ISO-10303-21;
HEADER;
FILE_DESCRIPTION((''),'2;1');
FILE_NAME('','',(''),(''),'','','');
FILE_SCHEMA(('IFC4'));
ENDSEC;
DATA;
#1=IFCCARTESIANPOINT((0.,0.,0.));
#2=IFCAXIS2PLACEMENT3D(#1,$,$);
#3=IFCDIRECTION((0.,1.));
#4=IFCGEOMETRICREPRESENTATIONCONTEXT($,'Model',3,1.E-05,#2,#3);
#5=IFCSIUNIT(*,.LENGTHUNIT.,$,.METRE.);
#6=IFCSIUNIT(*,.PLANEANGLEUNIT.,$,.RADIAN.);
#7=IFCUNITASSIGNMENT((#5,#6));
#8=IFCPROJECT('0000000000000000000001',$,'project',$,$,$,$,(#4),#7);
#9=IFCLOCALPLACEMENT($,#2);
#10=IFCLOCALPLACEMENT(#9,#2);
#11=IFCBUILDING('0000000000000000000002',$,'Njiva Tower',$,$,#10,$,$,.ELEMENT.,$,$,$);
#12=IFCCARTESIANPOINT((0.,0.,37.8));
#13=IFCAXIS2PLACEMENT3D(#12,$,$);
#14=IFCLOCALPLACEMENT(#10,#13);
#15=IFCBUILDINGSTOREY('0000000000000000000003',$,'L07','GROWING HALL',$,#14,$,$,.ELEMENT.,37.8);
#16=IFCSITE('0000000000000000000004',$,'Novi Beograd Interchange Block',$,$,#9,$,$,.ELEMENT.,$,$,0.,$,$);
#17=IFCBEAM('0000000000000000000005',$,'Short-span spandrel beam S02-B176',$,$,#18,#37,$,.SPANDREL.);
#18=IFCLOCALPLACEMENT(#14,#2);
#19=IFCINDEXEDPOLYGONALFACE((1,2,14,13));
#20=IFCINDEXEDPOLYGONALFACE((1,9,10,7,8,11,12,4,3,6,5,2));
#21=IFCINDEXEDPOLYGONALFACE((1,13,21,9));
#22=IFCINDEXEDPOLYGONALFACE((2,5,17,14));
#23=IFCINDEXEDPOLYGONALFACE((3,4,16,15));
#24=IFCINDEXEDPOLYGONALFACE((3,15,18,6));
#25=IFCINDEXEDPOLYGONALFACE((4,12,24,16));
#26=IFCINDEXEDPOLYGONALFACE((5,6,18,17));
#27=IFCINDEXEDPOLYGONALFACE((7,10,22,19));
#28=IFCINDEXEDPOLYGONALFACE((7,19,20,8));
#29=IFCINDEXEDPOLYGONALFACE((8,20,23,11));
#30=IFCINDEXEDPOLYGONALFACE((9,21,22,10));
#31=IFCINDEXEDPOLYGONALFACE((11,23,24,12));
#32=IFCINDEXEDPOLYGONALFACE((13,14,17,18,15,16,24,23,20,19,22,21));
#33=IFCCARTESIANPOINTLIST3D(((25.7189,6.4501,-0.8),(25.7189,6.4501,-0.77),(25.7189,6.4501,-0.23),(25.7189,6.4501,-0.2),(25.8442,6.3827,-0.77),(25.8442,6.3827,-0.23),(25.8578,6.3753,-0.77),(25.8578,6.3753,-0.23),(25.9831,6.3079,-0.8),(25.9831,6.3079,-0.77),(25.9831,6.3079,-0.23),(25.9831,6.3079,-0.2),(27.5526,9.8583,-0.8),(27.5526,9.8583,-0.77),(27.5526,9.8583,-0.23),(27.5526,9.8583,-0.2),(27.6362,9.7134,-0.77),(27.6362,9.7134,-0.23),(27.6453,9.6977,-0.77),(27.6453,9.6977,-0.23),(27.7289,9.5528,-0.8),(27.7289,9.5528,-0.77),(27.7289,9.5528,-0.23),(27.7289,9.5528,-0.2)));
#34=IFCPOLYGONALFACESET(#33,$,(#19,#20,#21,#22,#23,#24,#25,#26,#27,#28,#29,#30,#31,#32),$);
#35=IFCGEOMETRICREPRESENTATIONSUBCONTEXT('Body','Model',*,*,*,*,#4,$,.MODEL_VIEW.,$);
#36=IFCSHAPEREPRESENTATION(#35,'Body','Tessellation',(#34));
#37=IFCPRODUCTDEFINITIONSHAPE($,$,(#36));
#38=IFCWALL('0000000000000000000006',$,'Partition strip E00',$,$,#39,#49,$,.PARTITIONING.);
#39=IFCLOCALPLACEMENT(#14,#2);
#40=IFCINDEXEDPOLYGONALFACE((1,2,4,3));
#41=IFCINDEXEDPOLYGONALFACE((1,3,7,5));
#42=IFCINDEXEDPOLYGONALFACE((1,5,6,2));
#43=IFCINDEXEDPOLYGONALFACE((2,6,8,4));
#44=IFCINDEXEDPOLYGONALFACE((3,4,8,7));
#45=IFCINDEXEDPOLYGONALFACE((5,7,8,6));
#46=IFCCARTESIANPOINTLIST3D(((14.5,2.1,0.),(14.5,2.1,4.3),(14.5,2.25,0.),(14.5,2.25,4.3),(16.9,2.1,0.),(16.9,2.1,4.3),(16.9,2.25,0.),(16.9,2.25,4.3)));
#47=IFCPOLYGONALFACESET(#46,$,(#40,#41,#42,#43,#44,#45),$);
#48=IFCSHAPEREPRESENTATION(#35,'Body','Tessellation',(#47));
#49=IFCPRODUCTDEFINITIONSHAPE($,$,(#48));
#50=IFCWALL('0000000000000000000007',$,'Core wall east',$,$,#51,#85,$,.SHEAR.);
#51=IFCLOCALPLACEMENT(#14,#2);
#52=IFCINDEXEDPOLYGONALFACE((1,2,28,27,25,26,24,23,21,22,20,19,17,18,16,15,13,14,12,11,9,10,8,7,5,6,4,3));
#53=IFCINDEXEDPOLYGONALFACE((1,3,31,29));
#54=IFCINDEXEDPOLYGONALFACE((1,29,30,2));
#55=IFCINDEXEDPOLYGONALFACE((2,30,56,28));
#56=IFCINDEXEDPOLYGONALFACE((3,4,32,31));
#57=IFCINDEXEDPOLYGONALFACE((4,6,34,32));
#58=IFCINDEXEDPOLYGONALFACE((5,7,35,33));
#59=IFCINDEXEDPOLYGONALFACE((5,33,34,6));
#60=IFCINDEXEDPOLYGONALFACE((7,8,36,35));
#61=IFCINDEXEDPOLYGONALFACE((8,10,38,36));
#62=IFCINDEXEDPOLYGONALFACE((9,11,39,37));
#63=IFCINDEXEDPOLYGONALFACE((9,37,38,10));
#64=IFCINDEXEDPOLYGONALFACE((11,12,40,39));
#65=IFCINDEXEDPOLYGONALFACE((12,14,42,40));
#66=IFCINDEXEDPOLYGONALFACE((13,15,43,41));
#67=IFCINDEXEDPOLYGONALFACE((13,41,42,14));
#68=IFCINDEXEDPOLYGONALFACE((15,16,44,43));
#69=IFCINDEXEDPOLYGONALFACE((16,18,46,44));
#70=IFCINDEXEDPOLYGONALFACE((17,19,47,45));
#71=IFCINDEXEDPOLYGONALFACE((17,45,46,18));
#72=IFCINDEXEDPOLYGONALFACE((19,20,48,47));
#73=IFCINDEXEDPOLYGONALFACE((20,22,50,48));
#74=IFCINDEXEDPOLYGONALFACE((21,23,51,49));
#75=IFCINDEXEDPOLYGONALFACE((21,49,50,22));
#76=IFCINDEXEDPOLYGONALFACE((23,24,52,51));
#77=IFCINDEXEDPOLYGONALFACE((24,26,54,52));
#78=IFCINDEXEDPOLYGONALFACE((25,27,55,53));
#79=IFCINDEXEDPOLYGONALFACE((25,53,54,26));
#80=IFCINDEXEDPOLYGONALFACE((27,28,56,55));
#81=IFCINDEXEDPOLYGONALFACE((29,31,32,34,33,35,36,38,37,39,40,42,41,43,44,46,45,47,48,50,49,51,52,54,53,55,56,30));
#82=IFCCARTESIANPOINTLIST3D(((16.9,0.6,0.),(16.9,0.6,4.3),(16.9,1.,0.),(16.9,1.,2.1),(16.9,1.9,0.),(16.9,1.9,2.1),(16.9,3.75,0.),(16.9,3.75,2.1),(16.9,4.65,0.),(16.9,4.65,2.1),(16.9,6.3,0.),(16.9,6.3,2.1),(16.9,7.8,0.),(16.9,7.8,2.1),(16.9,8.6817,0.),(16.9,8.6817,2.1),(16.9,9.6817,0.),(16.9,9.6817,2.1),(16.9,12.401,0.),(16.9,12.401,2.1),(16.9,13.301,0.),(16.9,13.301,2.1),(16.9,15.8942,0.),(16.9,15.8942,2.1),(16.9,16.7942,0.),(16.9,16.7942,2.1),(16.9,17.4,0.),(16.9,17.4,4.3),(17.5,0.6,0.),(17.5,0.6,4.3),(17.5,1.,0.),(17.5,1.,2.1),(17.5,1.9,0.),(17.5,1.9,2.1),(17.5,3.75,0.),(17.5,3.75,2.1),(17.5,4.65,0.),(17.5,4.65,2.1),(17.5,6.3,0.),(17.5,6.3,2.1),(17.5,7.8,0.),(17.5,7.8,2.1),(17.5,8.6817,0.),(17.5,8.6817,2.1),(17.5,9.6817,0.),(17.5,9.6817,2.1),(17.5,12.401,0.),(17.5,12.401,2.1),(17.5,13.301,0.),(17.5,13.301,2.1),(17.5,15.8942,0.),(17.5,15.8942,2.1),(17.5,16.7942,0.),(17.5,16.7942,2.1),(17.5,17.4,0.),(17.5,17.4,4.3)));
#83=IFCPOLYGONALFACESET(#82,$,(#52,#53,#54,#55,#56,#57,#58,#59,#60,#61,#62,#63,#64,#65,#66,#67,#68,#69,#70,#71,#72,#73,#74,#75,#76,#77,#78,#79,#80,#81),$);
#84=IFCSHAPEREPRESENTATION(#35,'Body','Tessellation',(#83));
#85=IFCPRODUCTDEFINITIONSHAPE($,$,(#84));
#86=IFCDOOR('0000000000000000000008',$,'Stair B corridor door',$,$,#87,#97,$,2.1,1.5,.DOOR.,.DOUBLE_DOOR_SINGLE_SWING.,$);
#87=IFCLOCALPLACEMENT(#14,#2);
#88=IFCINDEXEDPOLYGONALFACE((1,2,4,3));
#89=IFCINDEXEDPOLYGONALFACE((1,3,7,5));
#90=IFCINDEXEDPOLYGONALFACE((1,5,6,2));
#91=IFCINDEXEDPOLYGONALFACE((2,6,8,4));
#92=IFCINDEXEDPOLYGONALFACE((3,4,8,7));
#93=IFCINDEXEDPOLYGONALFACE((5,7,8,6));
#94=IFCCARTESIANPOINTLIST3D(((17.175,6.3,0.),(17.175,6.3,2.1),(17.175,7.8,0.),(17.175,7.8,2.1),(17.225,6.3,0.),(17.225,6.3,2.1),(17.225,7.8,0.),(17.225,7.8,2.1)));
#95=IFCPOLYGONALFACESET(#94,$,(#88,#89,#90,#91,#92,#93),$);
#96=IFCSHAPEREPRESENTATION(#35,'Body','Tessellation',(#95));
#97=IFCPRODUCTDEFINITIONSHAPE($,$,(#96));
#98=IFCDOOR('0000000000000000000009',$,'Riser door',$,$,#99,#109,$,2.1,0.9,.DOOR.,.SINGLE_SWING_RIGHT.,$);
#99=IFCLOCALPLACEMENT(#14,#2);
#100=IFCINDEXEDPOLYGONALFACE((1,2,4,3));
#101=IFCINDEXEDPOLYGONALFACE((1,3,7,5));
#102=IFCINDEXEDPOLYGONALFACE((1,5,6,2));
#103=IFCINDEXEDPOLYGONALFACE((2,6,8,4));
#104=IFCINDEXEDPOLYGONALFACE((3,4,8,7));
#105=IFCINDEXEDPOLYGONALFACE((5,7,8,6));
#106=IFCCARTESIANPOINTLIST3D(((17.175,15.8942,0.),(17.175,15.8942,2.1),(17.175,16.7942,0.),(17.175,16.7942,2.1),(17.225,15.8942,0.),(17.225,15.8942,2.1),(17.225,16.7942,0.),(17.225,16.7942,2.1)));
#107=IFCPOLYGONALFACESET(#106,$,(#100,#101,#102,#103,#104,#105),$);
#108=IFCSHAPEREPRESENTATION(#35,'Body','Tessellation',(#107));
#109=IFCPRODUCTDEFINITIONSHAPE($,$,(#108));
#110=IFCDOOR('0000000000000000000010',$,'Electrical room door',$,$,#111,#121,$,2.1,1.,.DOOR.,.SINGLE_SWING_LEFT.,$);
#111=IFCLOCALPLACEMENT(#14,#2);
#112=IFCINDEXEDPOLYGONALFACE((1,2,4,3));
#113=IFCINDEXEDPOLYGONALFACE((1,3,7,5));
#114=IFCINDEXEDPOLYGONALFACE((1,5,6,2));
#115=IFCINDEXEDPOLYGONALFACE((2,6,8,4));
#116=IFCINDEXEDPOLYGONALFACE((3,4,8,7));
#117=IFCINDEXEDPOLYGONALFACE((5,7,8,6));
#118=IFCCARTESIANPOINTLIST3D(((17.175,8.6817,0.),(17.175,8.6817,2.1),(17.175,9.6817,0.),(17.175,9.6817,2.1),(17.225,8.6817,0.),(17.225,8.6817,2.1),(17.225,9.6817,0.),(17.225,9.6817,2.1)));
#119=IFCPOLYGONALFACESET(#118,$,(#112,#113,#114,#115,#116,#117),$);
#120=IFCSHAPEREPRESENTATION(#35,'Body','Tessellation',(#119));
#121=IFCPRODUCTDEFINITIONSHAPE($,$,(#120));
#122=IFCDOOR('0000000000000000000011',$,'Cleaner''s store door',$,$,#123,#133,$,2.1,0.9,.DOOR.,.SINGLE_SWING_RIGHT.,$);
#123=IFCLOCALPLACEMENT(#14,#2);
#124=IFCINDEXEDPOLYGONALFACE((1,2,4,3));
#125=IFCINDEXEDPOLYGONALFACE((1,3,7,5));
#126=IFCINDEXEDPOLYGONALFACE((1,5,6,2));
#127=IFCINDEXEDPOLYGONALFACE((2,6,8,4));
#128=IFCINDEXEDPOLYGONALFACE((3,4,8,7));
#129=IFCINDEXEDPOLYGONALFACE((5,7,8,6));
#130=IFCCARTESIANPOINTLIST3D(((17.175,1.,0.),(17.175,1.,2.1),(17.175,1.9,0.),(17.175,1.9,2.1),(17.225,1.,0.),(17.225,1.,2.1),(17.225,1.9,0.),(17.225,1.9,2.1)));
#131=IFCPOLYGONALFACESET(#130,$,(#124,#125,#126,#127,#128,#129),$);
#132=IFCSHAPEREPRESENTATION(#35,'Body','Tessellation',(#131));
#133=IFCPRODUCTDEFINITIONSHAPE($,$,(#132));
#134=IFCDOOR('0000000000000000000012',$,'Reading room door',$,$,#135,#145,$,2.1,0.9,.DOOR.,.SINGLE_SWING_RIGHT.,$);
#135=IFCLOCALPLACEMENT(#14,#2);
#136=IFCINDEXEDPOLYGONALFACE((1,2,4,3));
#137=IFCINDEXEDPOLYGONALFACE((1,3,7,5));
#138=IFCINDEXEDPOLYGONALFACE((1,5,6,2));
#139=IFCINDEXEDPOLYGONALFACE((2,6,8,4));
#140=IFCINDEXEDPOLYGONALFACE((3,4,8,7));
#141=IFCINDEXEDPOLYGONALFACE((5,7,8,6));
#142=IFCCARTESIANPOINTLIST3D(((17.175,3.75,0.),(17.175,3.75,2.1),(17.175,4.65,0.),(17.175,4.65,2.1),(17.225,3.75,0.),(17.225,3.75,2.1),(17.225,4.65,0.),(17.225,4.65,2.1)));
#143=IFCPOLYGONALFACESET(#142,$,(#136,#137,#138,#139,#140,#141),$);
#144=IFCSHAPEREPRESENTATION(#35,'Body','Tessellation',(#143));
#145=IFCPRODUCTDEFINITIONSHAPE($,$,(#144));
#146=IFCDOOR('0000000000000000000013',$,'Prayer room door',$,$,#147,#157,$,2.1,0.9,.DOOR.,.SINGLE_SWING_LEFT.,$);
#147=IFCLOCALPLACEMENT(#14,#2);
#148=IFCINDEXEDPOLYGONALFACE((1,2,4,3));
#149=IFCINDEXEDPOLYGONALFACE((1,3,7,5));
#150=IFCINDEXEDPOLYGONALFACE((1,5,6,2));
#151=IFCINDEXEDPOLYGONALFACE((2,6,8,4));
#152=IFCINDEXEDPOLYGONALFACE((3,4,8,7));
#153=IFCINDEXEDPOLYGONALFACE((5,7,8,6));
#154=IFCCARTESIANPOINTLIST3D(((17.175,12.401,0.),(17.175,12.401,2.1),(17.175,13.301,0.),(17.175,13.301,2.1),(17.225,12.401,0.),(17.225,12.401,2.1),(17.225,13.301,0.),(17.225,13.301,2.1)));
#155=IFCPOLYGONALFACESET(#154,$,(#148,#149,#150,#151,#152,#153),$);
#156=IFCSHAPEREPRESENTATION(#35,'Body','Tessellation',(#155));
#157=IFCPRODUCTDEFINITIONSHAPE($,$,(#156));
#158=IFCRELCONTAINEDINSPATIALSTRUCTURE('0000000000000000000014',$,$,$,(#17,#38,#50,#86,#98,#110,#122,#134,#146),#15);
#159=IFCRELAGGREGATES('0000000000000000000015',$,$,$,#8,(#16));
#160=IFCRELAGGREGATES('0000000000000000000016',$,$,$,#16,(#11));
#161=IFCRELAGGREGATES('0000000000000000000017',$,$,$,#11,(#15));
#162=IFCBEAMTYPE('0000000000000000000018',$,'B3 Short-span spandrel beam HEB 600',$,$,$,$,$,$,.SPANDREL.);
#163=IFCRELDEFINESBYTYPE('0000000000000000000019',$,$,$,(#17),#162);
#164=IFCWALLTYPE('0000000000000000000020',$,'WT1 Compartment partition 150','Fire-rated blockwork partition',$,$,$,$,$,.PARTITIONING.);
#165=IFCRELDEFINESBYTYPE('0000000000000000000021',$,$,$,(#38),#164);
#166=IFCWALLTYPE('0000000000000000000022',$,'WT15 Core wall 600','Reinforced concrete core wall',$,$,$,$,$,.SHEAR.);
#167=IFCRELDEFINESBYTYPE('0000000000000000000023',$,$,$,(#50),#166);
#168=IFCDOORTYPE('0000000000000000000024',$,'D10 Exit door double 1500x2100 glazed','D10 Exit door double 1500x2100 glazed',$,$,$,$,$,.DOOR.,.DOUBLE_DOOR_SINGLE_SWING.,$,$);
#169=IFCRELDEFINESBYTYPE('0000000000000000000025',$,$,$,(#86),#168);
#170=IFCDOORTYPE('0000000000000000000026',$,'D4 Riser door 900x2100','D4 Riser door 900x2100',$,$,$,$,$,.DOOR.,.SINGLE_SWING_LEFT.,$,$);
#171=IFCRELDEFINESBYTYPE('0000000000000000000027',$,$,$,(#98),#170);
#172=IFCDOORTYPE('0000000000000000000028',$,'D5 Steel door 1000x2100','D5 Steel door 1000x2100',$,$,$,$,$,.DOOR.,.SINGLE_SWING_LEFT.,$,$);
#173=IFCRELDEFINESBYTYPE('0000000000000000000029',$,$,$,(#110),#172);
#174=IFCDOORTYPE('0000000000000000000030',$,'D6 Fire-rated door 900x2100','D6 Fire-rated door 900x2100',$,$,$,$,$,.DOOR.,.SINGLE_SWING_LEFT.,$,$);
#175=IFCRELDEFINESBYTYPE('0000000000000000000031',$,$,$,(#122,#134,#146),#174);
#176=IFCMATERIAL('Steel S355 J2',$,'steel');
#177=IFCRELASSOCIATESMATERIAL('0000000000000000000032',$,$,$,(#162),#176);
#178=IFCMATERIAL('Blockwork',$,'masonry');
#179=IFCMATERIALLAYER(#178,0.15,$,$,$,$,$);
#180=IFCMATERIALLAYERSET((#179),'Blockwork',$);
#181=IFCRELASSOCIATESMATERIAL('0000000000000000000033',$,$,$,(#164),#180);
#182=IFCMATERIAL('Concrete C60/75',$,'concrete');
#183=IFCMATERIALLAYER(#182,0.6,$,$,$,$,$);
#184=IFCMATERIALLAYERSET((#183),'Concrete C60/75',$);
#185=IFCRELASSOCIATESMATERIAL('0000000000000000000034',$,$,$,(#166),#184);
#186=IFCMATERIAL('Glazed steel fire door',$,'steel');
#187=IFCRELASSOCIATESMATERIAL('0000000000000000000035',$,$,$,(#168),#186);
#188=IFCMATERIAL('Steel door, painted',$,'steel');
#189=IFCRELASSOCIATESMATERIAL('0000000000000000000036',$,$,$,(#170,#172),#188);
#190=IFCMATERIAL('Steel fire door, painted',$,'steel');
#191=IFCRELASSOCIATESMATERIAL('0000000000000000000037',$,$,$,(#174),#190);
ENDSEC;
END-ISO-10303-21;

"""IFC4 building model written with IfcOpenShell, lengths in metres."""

from ifc_helpers import new_model, si_unit, direction, frame, frame_2d, origin, origin_2d, place, context, subcontext, project, spatial, rectangle, i_section, extrude, clip, halfspace, material, layer, layer_set, material_profile, profile_set, type_object, element, fill, save


model = new_model("IFC4")

# Units and contexts
model_context = context("Model", 3, precision=1e-05, world=origin(), true_north=direction((0.0, 1.0)))
body_context = subcontext(model_context, "Body", "Model", "MODEL_VIEW")
ifc_project = project(units=[si_unit("LENGTHUNIT", "METRE"), si_unit("PLANEANGLEUNIT", "RADIAN")], contexts=[model_context])

# Site, building, storey
site_placement = place(None, origin())
site = spatial("IfcSite", under=ifc_project, at=site_placement, Name="Novi Beograd Interchange Block", CompositionType="ELEMENT", RefElevation=0.0)
building_placement = place(site_placement, origin())
building = spatial("IfcBuilding", under=site, at=building_placement, Name="Njiva Tower", CompositionType="ELEMENT")
storey_placement = place(building_placement, frame((0.0, 0.0, 37.8)))
storey = spatial("IfcBuildingStorey", under=building, at=storey_placement, Name="L07", Description="GROWING HALL", CompositionType="ELEMENT", Elevation=37.8)

# Shared definitions
ifc_material_1 = material(Name="Steel S355 J2", Category="steel")

# Beam
ifc_material_profile_1 = material_profile(ifc_material_1, i_section(OverallWidth=0.3, OverallDepth=0.6, WebThickness=0.0155, FlangeThickness=0.03, at=origin_2d()), Name="HEB 600")
ifc_profile_set_1 = profile_set([ifc_material_profile_1], Name="Steel S355 J2")
beam_type_1 = type_object("IfcBeamType", Name="B3 Short-span spandrel beam HEB 600", PredefinedType="SPANDREL", material=ifc_profile_set_1)
beam_1_placement = place(storey_placement, frame((25.851, 6.379, -0.5), z_axis=(0.4738, 0.880633, 0.0), x_axis=(-0.880633, 0.4738, 0.0)))
element("IfcBeam", 1, at=beam_1_placement, inside=storey, type_object=beam_type_1, Name="Short-span spandrel beam S02-B176", PredefinedType="SPANDREL", context=body_context, shape_type="Clipping", body=[
    clip(extrude(i_section(OverallWidth=0.3, OverallDepth=0.6, WebThickness=0.0155, FlangeThickness=0.03, at=origin_2d()), origin(), (0.0, 0.0, 1.0), 3.891), halfspace(frame((-0.0263, 0.0, 3.7612), z_axis=(-0.525752, 0.0, 0.850638), x_axis=(0.0, 1.0, 0.0)), False)),
])

# Wall
ifc_material_2 = material(Name="Blockwork", Category="masonry")
ifc_layer_1 = layer(ifc_material_2, 0.15)
ifc_layer_set_1 = layer_set([ifc_layer_1], Name="Blockwork")
wall_type_1 = type_object("IfcWallType", Name="WT1 Compartment partition 150", Description="Fire-rated blockwork partition", PredefinedType="PARTITIONING", material=ifc_layer_set_1)
wall_1_placement = place(storey_placement, frame((14.5, 2.175, 0.0), z_axis=(0.0, 0.0, 1.0), x_axis=(1.0, 0.0, 0.0)))
element("IfcWall", 2, at=wall_1_placement, inside=storey, type_object=wall_type_1, Name="Partition strip E00", PredefinedType="PARTITIONING", context=body_context, shape_type="SweptSolid", body=[
    extrude(rectangle(XDim=2.4, YDim=0.15, at=frame_2d((1.2, 0.0))), origin(), (0.0, 0.0, 1.0), 4.3),
])

# Wall, openings, doors
ifc_material_3 = material(Name="Concrete C60/75", Category="concrete")
ifc_layer_2 = layer(ifc_material_3, 0.6)
ifc_layer_set_2 = layer_set([ifc_layer_2], Name="Concrete C60/75")
wall_type_2 = type_object("IfcWallType", Name="WT15 Core wall 600", Description="Reinforced concrete core wall", PredefinedType="SHEAR", material=ifc_layer_set_2)
wall_2_placement = place(storey_placement, frame((17.2, 0.6, 0.0), z_axis=(0.0, 0.0, 1.0), x_axis=(0.0, 1.0, 0.0)))
wall_2 = element("IfcWall", 3, at=wall_2_placement, inside=storey, type_object=wall_type_2, Name="Core wall east", PredefinedType="SHEAR", context=body_context, shape_type="SweptSolid", body=[
    extrude(rectangle(XDim=16.8, YDim=0.6, at=frame_2d((8.4, 0.0))), origin(), (0.0, 0.0, 1.0), 4.3),
])
opening_1_placement = place(wall_2_placement, frame((5.7, 0.0, 0.0)))
opening_1 = element("IfcOpeningElement", 4, at=opening_1_placement, cuts=wall_2, PredefinedType="OPENING", context=body_context, shape_type="SweptSolid", body=[
    extrude(rectangle(XDim=1.5, YDim=2.1, at=frame_2d((0.75, 1.05))), frame((0.0, 0.31, 0.0), z_axis=(0.0, -1.0, 0.0), x_axis=(1.0, 0.0, 0.0)), (0.0, 0.0, 1.0), 0.62),
])
opening_2_placement = place(wall_2_placement, frame((0.4, 0.0, 0.0)))
opening_2 = element("IfcOpeningElement", 5, at=opening_2_placement, cuts=wall_2, PredefinedType="OPENING", context=body_context, shape_type="SweptSolid", body=[
    extrude(rectangle(XDim=0.9, YDim=2.1, at=frame_2d((0.45, 1.05))), frame((0.0, 0.31, 0.0), z_axis=(0.0, -1.0, 0.0), x_axis=(1.0, 0.0, 0.0)), (0.0, 0.0, 1.0), 0.62),
])
opening_3_placement = place(wall_2_placement, frame((3.15, 0.0, 0.0)))
opening_3 = element("IfcOpeningElement", 6, at=opening_3_placement, cuts=wall_2, PredefinedType="OPENING", context=body_context, shape_type="SweptSolid", body=[
    extrude(rectangle(XDim=0.9, YDim=2.1, at=frame_2d((0.45, 1.05))), frame((0.0, 0.31, 0.0), z_axis=(0.0, -1.0, 0.0), x_axis=(1.0, 0.0, 0.0)), (0.0, 0.0, 1.0), 0.62),
])
opening_4_placement = place(wall_2_placement, frame((8.0817, 0.0, 0.0)))
opening_4 = element("IfcOpeningElement", 7, at=opening_4_placement, cuts=wall_2, PredefinedType="OPENING", context=body_context, shape_type="SweptSolid", body=[
    extrude(rectangle(XDim=1.0, YDim=2.1, at=frame_2d((0.5, 1.05))), frame((0.0, 0.31, 0.0), z_axis=(0.0, -1.0, 0.0), x_axis=(1.0, 0.0, 0.0)), (0.0, 0.0, 1.0), 0.62),
])
opening_5_placement = place(wall_2_placement, frame((11.801, 0.0, 0.0)))
opening_5 = element("IfcOpeningElement", 8, at=opening_5_placement, cuts=wall_2, PredefinedType="OPENING", context=body_context, shape_type="SweptSolid", body=[
    extrude(rectangle(XDim=0.9, YDim=2.1, at=frame_2d((0.45, 1.05))), frame((0.0, 0.31, 0.0), z_axis=(0.0, -1.0, 0.0), x_axis=(1.0, 0.0, 0.0)), (0.0, 0.0, 1.0), 0.62),
])
opening_6_placement = place(wall_2_placement, frame((15.2942, 0.0, 0.0)))
opening_6 = element("IfcOpeningElement", 9, at=opening_6_placement, cuts=wall_2, PredefinedType="OPENING", context=body_context, shape_type="SweptSolid", body=[
    extrude(rectangle(XDim=0.9, YDim=2.1, at=frame_2d((0.45, 1.05))), frame((0.0, 0.31, 0.0), z_axis=(0.0, -1.0, 0.0), x_axis=(1.0, 0.0, 0.0)), (0.0, 0.0, 1.0), 0.62),
])
ifc_material_4 = material(Name="Glazed steel fire door", Category="steel")
door_type_1 = type_object("IfcDoorType", Name="D10 Exit door double 1500x2100 glazed", Description="D10 Exit door double 1500x2100 glazed", OperationType="DOUBLE_DOOR_SINGLE_SWING", PredefinedType="DOOR", material=ifc_material_4)
door_1_placement = place(opening_1_placement, origin())
door_1 = element("IfcDoor", 10, at=door_1_placement, inside=storey, type_object=door_type_1, Name="Stair B corridor door", OperationType="DOUBLE_DOOR_SINGLE_SWING", OverallHeight=2.1, OverallWidth=1.5, PredefinedType="DOOR", context=body_context, shape_type="SweptSolid", body=[
    extrude(rectangle(XDim=1.5, YDim=2.1, at=frame_2d((0.75, 1.05))), frame((0.0, 0.025, 0.0), z_axis=(0.0, -1.0, 0.0), x_axis=(1.0, 0.0, 0.0)), (0.0, 0.0, 1.0), 0.05),
])
fill(opening_1, door_1)
ifc_material_5 = material(Name="Steel door, painted", Category="steel")
door_type_2 = type_object("IfcDoorType", Name="D4 Riser door 900x2100", Description="D4 Riser door 900x2100", OperationType="SINGLE_SWING_LEFT", PredefinedType="DOOR", material=ifc_material_5)
door_2_placement = place(opening_6_placement, origin())
door_2 = element("IfcDoor", 11, at=door_2_placement, inside=storey, type_object=door_type_2, Name="Riser door", OperationType="SINGLE_SWING_RIGHT", OverallHeight=2.1, OverallWidth=0.9, PredefinedType="DOOR", context=body_context, shape_type="SweptSolid", body=[
    extrude(rectangle(XDim=0.9, YDim=2.1, at=frame_2d((0.45, 1.05))), frame((0.0, 0.025, 0.0), z_axis=(0.0, -1.0, 0.0), x_axis=(1.0, 0.0, 0.0)), (0.0, 0.0, 1.0), 0.05),
])
fill(opening_6, door_2)
door_type_3 = type_object("IfcDoorType", Name="D5 Steel door 1000x2100", Description="D5 Steel door 1000x2100", OperationType="SINGLE_SWING_LEFT", PredefinedType="DOOR", material=ifc_material_5)
door_3_placement = place(opening_4_placement, origin())
door_3 = element("IfcDoor", 12, at=door_3_placement, inside=storey, type_object=door_type_3, Name="Electrical room door", OperationType="SINGLE_SWING_LEFT", OverallHeight=2.1, OverallWidth=1.0, PredefinedType="DOOR", context=body_context, shape_type="SweptSolid", body=[
    extrude(rectangle(XDim=1.0, YDim=2.1, at=frame_2d((0.5, 1.05))), frame((0.0, 0.025, 0.0), z_axis=(0.0, -1.0, 0.0), x_axis=(1.0, 0.0, 0.0)), (0.0, 0.0, 1.0), 0.05),
])
fill(opening_4, door_3)
ifc_material_6 = material(Name="Steel fire door, painted", Category="steel")
door_type_4 = type_object("IfcDoorType", Name="D6 Fire-rated door 900x2100", Description="D6 Fire-rated door 900x2100", OperationType="SINGLE_SWING_LEFT", PredefinedType="DOOR", material=ifc_material_6)
door_4_placement = place(opening_2_placement, origin())
door_4 = element("IfcDoor", 13, at=door_4_placement, inside=storey, type_object=door_type_4, Name="Cleaner's store door", OperationType="SINGLE_SWING_RIGHT", OverallHeight=2.1, OverallWidth=0.9, PredefinedType="DOOR", context=body_context, shape_type="SweptSolid", body=[
    extrude(rectangle(XDim=0.9, YDim=2.1, at=frame_2d((0.45, 1.05))), frame((0.0, 0.025, 0.0), z_axis=(0.0, -1.0, 0.0), x_axis=(1.0, 0.0, 0.0)), (0.0, 0.0, 1.0), 0.05),
])
fill(opening_2, door_4)
door_5_placement = place(opening_3_placement, origin())
door_5 = element("IfcDoor", 14, at=door_5_placement, inside=storey, type_object=door_type_4, Name="Reading room door", OperationType="SINGLE_SWING_RIGHT", OverallHeight=2.1, OverallWidth=0.9, PredefinedType="DOOR", context=body_context, shape_type="SweptSolid", body=[
    extrude(rectangle(XDim=0.9, YDim=2.1, at=frame_2d((0.45, 1.05))), frame((0.0, 0.025, 0.0), z_axis=(0.0, -1.0, 0.0), x_axis=(1.0, 0.0, 0.0)), (0.0, 0.0, 1.0), 0.05),
])
fill(opening_3, door_5)
door_6_placement = place(opening_5_placement, origin())
door_6 = element("IfcDoor", 15, at=door_6_placement, inside=storey, type_object=door_type_4, Name="Prayer room door", OperationType="SINGLE_SWING_LEFT", OverallHeight=2.1, OverallWidth=0.9, PredefinedType="DOOR", context=body_context, shape_type="SweptSolid", body=[
    extrude(rectangle(XDim=0.9, YDim=2.1, at=frame_2d((0.45, 1.05))), frame((0.0, 0.025, 0.0), z_axis=(0.0, -1.0, 0.0), x_axis=(1.0, 0.0, 0.0)), (0.0, 0.0, 1.0), 0.05),
])
fill(opening_5, door_6)

save(model, "model.ifc")
